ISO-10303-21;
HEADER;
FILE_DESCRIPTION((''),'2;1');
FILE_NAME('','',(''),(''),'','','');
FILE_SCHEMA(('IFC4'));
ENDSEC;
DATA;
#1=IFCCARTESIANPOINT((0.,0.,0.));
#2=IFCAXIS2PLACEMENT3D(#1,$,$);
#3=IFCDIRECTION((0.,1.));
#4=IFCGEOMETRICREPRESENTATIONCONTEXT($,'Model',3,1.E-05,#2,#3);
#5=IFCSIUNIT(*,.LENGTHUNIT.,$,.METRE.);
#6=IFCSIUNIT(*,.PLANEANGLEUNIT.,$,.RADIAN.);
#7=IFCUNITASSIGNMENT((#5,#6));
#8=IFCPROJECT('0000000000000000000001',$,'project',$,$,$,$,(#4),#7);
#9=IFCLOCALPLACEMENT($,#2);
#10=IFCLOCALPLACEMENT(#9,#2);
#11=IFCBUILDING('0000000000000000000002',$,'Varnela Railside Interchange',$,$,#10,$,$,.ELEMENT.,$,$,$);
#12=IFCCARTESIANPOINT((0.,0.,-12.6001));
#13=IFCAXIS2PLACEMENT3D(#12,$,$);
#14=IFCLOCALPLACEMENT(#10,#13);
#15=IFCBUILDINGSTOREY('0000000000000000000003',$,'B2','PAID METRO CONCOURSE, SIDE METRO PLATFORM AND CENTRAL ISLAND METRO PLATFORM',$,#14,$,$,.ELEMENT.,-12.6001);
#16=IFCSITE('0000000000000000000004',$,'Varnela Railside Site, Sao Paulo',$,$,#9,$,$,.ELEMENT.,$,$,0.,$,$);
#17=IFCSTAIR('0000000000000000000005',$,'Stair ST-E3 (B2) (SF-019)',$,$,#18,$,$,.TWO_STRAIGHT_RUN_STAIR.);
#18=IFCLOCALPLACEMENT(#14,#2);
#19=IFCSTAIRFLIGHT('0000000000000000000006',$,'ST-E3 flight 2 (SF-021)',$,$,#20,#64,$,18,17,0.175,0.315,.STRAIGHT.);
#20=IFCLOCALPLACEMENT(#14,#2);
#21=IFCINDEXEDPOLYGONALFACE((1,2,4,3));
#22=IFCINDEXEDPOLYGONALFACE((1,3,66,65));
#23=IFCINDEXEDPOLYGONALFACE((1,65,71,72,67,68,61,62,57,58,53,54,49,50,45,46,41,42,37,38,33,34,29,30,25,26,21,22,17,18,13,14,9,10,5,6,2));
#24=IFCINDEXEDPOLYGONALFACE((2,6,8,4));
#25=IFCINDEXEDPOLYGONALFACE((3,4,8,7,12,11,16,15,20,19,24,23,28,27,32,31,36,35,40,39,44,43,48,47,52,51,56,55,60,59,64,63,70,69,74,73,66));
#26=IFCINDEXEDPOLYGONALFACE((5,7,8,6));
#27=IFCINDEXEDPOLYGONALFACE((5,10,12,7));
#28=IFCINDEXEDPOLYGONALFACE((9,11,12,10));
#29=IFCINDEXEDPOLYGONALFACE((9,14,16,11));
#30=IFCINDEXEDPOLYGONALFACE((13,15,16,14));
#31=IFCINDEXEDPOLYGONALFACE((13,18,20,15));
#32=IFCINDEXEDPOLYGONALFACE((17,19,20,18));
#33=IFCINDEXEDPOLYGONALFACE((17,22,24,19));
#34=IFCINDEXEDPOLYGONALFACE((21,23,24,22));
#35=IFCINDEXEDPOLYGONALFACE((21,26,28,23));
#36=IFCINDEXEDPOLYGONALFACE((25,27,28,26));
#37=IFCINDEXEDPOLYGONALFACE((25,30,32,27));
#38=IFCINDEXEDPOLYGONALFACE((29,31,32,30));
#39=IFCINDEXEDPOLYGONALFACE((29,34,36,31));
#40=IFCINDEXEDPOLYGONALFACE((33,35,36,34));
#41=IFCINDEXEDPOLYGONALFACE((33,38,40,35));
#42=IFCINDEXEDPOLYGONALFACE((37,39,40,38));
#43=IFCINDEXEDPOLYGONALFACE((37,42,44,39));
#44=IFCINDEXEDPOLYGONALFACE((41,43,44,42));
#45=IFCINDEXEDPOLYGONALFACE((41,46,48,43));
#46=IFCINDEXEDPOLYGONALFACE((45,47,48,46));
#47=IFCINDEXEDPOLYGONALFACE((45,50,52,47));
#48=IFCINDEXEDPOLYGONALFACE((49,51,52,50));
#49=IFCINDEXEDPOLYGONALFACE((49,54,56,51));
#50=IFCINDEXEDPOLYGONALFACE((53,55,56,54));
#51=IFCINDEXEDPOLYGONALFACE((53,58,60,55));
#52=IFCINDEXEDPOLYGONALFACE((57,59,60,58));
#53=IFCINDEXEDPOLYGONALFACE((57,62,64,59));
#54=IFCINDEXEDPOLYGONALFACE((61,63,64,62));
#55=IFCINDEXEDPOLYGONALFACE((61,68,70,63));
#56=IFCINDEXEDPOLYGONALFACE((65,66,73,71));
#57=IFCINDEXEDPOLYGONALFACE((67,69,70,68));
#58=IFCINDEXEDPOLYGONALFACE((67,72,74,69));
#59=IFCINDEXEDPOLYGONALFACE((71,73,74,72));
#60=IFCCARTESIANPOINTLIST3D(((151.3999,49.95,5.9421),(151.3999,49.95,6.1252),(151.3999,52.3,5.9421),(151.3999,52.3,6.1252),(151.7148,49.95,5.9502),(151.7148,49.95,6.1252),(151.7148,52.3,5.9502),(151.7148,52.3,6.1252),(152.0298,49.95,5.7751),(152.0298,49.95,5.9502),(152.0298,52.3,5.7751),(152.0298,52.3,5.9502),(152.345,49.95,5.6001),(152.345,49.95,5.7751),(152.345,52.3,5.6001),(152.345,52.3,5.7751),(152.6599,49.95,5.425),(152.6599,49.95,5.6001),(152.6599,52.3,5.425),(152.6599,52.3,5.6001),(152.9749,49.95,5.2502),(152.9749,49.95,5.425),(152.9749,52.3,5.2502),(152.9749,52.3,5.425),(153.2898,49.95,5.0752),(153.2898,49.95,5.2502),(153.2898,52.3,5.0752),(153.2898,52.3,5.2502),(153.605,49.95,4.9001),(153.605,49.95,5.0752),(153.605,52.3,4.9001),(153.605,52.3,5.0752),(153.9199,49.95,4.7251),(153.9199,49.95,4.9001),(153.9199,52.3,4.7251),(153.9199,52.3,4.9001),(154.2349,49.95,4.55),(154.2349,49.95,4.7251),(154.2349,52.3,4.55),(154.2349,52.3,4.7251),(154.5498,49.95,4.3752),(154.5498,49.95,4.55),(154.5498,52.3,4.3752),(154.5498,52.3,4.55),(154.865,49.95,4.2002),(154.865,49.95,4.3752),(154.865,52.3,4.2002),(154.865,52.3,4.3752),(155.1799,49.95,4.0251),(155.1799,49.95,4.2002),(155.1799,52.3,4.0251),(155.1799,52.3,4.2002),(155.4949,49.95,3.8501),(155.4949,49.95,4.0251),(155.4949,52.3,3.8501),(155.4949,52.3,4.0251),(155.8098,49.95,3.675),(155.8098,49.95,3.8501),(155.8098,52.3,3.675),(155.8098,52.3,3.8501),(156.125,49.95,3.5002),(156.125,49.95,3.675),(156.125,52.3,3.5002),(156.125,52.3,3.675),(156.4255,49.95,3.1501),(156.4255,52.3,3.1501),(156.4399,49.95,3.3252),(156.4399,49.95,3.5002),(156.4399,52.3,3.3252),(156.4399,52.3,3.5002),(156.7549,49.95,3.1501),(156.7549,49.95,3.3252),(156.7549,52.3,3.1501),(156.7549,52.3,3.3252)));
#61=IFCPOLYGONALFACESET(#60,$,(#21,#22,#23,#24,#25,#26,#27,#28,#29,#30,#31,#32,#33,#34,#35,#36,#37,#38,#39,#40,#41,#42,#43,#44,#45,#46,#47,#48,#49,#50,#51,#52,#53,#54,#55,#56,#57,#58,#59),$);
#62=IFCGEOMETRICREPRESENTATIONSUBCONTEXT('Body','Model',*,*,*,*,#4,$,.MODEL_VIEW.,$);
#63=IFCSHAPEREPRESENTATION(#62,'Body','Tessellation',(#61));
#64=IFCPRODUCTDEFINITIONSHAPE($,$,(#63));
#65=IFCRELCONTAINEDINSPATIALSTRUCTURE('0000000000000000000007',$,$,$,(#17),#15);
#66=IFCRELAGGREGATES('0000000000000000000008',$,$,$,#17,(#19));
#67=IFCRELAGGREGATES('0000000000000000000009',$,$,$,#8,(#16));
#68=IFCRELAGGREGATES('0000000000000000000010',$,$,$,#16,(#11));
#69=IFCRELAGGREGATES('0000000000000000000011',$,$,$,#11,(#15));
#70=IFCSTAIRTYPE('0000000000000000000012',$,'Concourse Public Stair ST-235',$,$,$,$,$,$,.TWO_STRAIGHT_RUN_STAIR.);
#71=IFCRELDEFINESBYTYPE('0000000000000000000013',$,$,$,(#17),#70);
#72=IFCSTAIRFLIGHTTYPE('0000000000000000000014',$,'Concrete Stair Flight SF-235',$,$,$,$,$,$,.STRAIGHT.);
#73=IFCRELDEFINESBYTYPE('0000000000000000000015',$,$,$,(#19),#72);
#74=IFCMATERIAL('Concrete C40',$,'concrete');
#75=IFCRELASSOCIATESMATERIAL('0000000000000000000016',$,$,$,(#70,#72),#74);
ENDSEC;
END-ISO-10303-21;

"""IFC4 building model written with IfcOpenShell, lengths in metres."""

from ifc_helpers import new_model, si_unit, direction, frame, origin, place, context, subcontext, project, spatial, polyline, outline, extrude, material, type_object, element, aggregate, save


model = new_model("IFC4")

# Units and contexts
model_context = context("Model", 3, precision=1e-05, world=origin(), true_north=direction((0.0, 1.0)))
body_context = subcontext(model_context, "Body", "Model", "MODEL_VIEW")
ifc_project = project(units=[si_unit("LENGTHUNIT", "METRE"), si_unit("PLANEANGLEUNIT", "RADIAN")], contexts=[model_context])

# Site, building, storey
site_placement = place(None, origin())
site = spatial("IfcSite", under=ifc_project, at=site_placement, Name="Varnela Railside Site, Sao Paulo", CompositionType="ELEMENT", RefElevation=0.0)
building_placement = place(site_placement, origin())
building = spatial("IfcBuilding", under=site, at=building_placement, Name="Varnela Railside Interchange", CompositionType="ELEMENT")
storey_placement = place(building_placement, frame((0.0, 0.0, -12.6001)))
storey = spatial("IfcBuildingStorey", under=building, at=storey_placement, Name="B2", Description="PAID METRO CONCOURSE, SIDE METRO PLATFORM AND CENTRAL ISLAND METRO PLATFORM", CompositionType="ELEMENT", Elevation=-12.6001)

# Shared definitions
ifc_material_1 = material(Name="Concrete C40", Category="concrete")

# Stair, stair flight
stair_type = type_object("IfcStairType", Name="Concourse Public Stair ST-235", PredefinedType="TWO_STRAIGHT_RUN_STAIR", material=ifc_material_1)
stair_placement = place(storey_placement, origin())
stair = element("IfcStair", 1, at=stair_placement, inside=storey, type_object=stair_type, Name="Stair ST-E3 (B2) (SF-019)", PredefinedType="TWO_STRAIGHT_RUN_STAIR")
stair_flight_type = type_object("IfcStairFlightType", Name="Concrete Stair Flight SF-235", PredefinedType="STRAIGHT", material=ifc_material_1)
stair_flight_placement = place(storey_placement, frame((156.7549, 51.125, 3.1501), z_axis=(0.0, 0.0, 1.0), x_axis=(-1.0, 0.0, 0.0)))
stair_flight = element("IfcStairFlight", 2, at=stair_flight_placement, type_object=stair_flight_type, Name="ST-E3 flight 2 (SF-021)", NumberOfRisers=18, NumberOfTreads=17, PredefinedType="STRAIGHT", RiserHeight=0.175, TreadLength=0.315, context=body_context, shape_type="SweptSolid", body=[
    extrude(outline(polyline([(0.0, 0.0), (0.0, 0.175), (0.3149, 0.175), (0.3149, 0.3501), (0.6299, 0.3501), (0.6299, 0.5249), (0.9451, 0.5249), (0.9451, 0.7), (1.26, 0.7), (1.26, 0.875), (1.575, 0.875), (1.575, 1.05), (1.8899, 1.05), (1.8899, 1.2251), (2.2051, 1.2251), (2.2051, 1.3999), (2.52, 1.3999), (2.52, 1.575), (2.835, 1.575), (2.835, 1.75), (3.1499, 1.75), (3.1499, 1.925), (3.4651, 1.925), (3.4651, 2.1001), (3.78, 2.1001), (3.78, 2.2749), (4.095, 2.2749), (4.095, 2.45), (4.4099, 2.45), (4.4099, 2.625), (4.7251, 2.625), (4.7251, 2.8), (5.04, 2.8), (5.04, 2.9751), (5.355, 2.9751), (5.355, 3.1499), (5.355, 2.792), (0.3293, 0.0), (0.0, 0.0)])), frame((0.0, 1.175, 0.0), z_axis=(0.0, -1.0, 0.0), x_axis=(1.0, 0.0, 0.0)), (0.0, 0.0, 1.0), 2.3501),
])
aggregate(stair, [stair_flight])

save(model, "model.ifc")
